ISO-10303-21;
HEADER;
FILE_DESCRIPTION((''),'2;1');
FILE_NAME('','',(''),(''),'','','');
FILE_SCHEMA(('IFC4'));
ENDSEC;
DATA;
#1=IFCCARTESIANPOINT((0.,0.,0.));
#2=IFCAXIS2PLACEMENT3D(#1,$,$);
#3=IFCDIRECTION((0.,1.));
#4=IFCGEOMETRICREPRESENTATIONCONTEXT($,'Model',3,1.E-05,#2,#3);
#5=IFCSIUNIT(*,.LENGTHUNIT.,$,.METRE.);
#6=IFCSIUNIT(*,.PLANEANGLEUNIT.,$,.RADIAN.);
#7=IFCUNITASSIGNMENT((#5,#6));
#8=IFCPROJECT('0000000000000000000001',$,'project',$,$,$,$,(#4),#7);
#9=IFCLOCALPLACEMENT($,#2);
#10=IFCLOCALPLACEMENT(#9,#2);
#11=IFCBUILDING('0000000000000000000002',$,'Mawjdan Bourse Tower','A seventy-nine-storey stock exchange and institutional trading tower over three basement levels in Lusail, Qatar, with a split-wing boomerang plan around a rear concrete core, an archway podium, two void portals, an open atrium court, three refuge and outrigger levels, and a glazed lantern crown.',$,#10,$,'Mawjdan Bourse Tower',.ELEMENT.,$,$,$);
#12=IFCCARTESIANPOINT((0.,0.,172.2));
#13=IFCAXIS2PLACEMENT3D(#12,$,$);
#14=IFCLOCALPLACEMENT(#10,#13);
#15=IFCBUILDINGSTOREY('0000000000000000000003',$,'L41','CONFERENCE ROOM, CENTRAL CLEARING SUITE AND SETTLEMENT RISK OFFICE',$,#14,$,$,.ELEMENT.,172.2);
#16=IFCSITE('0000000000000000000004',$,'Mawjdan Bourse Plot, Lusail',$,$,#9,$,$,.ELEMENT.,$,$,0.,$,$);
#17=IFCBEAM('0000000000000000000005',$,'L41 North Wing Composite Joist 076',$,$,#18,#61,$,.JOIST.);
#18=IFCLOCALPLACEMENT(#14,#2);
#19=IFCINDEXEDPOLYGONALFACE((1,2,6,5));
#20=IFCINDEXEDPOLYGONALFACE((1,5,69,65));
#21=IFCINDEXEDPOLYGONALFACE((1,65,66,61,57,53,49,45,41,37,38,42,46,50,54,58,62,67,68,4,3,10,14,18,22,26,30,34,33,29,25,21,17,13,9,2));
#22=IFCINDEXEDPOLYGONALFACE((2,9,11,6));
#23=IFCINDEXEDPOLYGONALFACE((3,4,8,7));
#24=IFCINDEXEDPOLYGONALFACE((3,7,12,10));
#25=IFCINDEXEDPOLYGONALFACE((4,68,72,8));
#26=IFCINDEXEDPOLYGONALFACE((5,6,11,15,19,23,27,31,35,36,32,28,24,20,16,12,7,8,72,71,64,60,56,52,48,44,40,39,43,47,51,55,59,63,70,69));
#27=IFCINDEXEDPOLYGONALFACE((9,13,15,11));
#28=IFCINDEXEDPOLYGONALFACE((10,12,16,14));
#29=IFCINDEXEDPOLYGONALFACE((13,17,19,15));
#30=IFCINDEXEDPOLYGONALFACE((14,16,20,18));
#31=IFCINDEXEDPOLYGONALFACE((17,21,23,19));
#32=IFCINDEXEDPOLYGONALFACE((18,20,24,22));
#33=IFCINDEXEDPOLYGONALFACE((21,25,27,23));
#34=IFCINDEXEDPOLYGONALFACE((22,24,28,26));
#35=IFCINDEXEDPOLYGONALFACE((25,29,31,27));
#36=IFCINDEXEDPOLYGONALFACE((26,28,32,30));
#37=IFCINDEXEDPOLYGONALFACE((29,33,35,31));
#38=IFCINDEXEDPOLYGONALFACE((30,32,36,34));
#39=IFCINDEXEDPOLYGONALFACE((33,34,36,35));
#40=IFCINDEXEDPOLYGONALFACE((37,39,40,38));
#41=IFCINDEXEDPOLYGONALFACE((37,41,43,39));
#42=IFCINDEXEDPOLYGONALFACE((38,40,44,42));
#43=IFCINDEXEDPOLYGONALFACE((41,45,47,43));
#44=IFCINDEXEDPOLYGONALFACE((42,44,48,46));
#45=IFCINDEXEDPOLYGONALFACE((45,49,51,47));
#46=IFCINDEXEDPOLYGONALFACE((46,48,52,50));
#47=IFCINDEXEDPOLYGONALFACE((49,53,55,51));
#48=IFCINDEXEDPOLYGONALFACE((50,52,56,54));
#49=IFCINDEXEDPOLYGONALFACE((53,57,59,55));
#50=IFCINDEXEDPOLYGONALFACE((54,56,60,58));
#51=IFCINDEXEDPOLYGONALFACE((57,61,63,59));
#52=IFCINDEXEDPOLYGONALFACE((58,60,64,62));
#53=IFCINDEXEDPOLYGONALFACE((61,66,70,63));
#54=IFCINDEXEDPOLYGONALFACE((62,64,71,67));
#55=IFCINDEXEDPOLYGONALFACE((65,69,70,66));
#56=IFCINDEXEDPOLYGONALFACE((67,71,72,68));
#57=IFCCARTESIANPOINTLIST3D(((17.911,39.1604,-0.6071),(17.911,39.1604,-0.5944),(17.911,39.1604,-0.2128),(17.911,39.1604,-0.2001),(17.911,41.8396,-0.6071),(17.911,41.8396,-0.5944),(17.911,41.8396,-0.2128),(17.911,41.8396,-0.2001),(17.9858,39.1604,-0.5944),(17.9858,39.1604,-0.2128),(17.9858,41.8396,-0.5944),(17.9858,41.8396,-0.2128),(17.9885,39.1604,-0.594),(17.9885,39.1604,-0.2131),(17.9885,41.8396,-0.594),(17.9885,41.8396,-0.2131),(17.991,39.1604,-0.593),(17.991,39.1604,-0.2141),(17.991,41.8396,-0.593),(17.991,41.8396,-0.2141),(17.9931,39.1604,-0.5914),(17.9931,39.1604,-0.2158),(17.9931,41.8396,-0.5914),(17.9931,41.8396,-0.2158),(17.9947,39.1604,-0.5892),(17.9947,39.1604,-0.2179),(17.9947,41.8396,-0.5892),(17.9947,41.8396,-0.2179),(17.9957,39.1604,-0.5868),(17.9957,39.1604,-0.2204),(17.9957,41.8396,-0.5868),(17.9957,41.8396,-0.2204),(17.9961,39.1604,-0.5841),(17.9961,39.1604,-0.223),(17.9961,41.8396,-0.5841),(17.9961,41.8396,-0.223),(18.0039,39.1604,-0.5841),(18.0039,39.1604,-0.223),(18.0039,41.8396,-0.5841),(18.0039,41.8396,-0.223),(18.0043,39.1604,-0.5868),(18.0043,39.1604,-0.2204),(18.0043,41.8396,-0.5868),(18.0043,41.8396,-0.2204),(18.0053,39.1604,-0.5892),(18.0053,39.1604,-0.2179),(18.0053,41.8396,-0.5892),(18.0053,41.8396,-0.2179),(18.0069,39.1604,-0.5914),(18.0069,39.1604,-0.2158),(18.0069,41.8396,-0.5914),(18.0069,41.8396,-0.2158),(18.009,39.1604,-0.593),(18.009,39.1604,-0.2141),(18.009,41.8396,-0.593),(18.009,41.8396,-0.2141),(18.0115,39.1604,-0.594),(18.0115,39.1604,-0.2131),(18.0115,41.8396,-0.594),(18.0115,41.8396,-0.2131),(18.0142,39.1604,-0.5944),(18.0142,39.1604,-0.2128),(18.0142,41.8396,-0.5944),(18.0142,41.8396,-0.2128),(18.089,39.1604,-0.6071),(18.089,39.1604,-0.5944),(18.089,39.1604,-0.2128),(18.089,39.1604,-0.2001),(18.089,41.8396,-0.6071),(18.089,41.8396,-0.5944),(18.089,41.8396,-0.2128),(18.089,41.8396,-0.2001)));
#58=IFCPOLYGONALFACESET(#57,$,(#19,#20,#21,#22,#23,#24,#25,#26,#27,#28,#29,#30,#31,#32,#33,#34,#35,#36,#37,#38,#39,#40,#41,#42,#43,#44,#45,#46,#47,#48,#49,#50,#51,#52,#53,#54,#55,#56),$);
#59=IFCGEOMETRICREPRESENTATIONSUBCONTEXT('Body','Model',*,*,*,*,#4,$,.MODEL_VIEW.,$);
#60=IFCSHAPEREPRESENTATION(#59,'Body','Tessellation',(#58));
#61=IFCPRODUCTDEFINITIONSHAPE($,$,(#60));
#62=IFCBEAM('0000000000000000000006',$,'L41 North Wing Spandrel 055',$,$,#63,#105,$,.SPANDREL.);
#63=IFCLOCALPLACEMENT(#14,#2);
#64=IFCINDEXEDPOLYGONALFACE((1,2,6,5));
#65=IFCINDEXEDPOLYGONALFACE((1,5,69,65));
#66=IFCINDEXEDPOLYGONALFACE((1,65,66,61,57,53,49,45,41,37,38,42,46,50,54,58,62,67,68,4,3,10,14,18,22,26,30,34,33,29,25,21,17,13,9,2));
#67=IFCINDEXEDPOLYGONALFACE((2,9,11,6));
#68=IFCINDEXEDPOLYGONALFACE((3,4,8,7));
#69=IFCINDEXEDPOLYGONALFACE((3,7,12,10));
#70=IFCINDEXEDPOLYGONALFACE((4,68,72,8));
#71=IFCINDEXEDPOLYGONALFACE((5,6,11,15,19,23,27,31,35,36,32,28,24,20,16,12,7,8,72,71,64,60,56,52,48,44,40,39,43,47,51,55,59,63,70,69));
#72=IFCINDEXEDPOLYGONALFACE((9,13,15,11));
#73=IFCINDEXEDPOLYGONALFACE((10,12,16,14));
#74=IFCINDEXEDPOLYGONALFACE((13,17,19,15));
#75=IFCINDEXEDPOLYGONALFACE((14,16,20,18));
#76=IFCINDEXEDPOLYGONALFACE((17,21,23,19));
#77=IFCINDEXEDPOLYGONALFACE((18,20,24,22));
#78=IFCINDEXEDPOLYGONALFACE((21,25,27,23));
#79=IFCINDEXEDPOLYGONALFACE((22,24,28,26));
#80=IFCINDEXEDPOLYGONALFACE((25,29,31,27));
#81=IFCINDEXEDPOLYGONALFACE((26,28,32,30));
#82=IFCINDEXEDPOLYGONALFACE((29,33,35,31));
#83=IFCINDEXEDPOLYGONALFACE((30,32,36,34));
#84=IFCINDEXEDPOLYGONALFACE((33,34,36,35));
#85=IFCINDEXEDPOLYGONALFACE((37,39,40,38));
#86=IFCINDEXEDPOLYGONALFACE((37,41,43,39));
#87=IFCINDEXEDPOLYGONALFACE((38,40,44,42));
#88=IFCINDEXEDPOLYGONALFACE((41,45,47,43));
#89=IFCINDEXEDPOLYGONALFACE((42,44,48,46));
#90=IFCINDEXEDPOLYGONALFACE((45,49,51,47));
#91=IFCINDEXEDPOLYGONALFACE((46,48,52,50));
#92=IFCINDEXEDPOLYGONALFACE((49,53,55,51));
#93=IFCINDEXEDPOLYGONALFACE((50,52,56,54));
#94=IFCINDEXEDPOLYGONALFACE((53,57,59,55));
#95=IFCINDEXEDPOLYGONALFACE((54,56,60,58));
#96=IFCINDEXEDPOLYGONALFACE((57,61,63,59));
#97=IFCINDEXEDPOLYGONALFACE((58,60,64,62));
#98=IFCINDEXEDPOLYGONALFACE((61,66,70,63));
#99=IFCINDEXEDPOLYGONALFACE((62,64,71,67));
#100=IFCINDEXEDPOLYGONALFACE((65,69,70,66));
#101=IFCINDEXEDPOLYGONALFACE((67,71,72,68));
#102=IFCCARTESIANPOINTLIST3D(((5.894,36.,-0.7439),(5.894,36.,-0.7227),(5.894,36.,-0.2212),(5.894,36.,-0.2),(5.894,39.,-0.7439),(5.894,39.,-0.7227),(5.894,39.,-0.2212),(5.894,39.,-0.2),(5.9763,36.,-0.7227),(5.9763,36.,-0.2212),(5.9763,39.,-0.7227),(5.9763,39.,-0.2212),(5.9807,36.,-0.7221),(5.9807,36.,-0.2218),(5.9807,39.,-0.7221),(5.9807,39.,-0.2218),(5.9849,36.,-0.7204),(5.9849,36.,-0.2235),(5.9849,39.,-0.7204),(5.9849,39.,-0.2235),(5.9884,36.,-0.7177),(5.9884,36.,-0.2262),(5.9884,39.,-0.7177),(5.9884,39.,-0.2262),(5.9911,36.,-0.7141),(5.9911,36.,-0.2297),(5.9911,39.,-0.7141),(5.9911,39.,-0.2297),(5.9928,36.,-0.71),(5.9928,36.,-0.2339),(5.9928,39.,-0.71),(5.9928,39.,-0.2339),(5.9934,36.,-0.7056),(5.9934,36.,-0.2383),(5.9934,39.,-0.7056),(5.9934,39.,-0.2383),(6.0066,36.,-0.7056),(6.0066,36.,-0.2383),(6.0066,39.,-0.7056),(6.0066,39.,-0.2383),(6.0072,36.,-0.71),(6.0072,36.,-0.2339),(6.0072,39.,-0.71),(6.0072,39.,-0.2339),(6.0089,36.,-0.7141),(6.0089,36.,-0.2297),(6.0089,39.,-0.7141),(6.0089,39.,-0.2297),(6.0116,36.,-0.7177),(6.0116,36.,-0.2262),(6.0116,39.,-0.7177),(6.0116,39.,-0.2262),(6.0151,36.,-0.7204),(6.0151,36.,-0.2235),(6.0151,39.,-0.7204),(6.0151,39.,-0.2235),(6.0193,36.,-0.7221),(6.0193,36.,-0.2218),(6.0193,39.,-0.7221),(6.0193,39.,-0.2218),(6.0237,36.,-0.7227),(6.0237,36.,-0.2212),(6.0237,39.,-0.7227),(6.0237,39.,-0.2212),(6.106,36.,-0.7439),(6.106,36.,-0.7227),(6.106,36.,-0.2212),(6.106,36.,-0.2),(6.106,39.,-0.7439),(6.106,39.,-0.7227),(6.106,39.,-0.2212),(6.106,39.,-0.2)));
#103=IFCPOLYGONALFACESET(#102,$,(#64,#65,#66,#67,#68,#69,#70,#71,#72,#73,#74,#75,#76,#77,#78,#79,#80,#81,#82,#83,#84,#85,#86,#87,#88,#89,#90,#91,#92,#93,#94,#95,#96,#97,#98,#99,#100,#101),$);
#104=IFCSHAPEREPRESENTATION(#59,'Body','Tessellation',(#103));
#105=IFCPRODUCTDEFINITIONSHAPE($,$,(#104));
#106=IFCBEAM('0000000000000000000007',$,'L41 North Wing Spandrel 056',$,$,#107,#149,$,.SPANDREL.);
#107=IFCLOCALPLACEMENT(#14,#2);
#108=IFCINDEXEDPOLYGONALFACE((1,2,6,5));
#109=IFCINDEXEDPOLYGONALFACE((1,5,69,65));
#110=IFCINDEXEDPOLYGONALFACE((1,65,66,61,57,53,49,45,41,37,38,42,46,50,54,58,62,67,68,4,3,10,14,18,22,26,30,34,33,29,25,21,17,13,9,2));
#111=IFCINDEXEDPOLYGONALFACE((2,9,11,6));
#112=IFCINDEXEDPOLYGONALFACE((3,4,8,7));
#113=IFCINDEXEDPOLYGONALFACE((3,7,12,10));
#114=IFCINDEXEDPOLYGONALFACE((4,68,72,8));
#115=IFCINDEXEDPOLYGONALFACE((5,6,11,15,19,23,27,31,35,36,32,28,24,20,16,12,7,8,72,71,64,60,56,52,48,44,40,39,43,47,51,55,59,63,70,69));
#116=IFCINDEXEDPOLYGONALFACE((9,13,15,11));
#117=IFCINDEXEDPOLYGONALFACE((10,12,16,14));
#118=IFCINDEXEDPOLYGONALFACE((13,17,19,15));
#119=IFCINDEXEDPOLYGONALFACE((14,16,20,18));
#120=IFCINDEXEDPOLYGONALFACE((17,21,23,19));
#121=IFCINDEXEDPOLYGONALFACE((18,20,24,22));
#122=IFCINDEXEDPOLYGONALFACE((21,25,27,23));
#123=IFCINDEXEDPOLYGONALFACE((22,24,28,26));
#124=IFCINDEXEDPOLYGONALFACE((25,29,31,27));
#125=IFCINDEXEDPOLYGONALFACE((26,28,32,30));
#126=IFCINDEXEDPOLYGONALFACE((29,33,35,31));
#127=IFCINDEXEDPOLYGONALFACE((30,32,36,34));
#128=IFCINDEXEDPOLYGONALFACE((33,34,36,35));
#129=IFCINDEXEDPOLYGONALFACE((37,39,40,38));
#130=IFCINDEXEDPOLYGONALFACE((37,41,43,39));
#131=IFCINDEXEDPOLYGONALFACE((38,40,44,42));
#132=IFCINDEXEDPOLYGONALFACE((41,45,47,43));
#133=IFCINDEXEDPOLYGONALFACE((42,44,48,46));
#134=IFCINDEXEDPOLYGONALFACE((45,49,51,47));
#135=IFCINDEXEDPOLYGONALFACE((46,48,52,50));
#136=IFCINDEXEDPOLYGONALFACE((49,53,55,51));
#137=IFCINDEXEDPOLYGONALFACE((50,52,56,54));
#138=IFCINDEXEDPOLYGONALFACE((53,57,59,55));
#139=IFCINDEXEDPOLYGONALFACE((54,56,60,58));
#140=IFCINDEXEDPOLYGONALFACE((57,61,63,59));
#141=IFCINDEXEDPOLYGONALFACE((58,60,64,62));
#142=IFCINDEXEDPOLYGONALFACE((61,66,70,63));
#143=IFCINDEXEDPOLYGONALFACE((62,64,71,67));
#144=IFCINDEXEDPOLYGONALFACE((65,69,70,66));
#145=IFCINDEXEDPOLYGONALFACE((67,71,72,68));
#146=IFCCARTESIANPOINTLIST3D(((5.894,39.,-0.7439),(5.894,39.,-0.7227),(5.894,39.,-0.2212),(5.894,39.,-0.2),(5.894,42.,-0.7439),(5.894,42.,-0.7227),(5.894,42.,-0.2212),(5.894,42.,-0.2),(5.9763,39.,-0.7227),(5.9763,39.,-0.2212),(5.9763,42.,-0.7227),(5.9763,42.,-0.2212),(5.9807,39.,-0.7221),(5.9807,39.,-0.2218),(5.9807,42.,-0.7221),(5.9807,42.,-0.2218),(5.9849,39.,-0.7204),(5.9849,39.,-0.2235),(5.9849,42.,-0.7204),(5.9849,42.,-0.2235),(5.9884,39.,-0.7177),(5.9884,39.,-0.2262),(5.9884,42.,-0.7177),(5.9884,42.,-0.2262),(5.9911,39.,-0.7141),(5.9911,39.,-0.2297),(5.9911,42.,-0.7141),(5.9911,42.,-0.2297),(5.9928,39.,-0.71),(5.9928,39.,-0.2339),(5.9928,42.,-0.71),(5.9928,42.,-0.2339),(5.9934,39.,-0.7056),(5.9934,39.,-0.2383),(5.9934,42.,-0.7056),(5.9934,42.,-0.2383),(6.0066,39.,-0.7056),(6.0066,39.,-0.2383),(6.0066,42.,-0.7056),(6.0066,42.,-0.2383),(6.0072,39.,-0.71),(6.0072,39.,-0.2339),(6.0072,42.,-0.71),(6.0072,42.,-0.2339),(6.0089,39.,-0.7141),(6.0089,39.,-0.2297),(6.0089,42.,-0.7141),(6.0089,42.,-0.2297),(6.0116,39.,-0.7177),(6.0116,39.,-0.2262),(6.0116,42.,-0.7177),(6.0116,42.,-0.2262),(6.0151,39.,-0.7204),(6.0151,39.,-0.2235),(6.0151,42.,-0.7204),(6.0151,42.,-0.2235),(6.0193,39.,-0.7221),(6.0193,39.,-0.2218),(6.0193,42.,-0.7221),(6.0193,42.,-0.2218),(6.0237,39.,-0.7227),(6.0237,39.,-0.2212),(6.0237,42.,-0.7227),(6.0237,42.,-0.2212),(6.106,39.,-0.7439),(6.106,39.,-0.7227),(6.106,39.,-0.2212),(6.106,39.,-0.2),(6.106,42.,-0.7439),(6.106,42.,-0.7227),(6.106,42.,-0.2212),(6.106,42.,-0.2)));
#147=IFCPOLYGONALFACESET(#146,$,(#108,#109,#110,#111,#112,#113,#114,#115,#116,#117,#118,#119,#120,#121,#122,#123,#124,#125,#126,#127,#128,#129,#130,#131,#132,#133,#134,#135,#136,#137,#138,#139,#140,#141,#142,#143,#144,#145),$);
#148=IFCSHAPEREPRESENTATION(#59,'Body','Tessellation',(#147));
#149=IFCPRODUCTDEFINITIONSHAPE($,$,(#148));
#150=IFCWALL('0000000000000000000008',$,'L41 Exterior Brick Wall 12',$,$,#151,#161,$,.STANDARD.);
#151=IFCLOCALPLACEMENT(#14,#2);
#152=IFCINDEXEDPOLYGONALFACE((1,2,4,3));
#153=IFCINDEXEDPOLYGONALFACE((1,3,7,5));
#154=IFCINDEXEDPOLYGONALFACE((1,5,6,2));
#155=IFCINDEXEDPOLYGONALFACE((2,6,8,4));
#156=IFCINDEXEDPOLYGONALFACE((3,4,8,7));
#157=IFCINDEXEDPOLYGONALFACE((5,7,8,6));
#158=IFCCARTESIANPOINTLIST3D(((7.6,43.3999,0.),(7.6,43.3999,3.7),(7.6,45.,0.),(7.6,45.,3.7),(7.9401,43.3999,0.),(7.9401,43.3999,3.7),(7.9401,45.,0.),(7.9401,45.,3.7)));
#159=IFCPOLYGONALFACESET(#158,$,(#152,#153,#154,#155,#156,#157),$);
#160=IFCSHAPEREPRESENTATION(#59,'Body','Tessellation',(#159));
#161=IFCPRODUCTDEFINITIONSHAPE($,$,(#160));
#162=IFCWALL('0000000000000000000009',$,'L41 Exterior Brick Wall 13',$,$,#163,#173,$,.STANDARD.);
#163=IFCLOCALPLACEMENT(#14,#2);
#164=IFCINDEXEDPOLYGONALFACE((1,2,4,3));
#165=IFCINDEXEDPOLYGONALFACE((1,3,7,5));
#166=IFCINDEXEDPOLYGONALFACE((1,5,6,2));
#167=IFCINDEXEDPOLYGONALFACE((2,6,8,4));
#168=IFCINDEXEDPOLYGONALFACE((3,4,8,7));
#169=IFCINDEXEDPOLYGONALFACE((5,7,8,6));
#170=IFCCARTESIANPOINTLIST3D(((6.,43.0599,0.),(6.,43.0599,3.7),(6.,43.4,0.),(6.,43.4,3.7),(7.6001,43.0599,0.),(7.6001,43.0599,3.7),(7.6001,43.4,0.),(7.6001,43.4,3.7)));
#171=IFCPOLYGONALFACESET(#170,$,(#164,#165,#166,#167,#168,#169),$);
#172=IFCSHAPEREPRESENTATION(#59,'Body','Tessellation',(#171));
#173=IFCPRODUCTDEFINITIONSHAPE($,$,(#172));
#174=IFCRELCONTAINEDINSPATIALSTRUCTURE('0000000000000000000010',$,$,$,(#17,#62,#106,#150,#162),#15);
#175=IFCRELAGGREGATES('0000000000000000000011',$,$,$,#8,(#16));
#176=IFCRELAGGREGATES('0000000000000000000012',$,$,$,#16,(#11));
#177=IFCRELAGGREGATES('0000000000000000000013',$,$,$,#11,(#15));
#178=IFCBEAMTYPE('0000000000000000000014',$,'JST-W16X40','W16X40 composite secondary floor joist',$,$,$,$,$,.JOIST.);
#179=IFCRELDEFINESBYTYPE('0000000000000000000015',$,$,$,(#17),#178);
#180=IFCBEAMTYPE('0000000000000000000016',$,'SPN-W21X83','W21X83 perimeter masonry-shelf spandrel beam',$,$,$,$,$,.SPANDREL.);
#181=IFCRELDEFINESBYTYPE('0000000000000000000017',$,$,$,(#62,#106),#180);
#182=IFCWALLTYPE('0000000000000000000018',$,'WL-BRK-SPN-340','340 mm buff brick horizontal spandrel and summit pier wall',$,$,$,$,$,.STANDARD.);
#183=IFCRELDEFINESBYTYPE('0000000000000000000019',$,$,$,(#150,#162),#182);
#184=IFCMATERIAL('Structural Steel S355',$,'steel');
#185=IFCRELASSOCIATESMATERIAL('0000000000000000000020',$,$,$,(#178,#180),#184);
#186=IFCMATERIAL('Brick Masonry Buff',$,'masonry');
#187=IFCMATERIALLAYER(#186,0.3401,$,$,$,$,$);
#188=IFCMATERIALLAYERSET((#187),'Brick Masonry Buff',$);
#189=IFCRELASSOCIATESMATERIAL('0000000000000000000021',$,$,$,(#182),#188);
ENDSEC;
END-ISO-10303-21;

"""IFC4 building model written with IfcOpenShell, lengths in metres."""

from ifc_helpers import new_model, si_unit, direction, frame, frame_2d, origin, origin_2d, place, context, subcontext, project, spatial, rectangle, i_section, extrude, material, layer, layer_set, material_profile, profile_set, type_object, element, save


model = new_model("IFC4")

# Units and contexts
model_context = context("Model", 3, precision=1e-05, world=origin(), true_north=direction((0.0, 1.0)))
body_context = subcontext(model_context, "Body", "Model", "MODEL_VIEW")
ifc_project = project(units=[si_unit("LENGTHUNIT", "METRE"), si_unit("PLANEANGLEUNIT", "RADIAN")], contexts=[model_context])

# Site, building, storey
site_placement = place(None, origin())
site = spatial("IfcSite", under=ifc_project, at=site_placement, Name="Mawjdan Bourse Plot, Lusail", CompositionType="ELEMENT", RefElevation=0.0)
building_placement = place(site_placement, origin())
building = spatial("IfcBuilding", under=site, at=building_placement, Name="Mawjdan Bourse Tower", Description="A seventy-nine-storey stock exchange and institutional trading tower over three basement levels in Lusail, Qatar, with a split-wing boomerang plan around a rear concrete core, an archway podium, two void portals, an open atrium court, three refuge and outrigger levels, and a glazed lantern crown.", LongName="Mawjdan Bourse Tower", CompositionType="ELEMENT")
storey_placement = place(building_placement, frame((0.0, 0.0, 172.2)))
storey = spatial("IfcBuildingStorey", under=building, at=storey_placement, Name="L41", Description="CONFERENCE ROOM, CENTRAL CLEARING SUITE AND SETTLEMENT RISK OFFICE", CompositionType="ELEMENT", Elevation=172.2)

# Beams
ifc_material_1 = material(Name="Structural Steel S355", Category="steel")
ifc_material_profile_1 = material_profile(ifc_material_1, i_section(OverallWidth=0.178, OverallDepth=0.407, WebThickness=0.0078, FlangeThickness=0.0127, FilletRadius=0.0103, at=origin_2d()), Name="W16X40")
ifc_profile_set_1 = profile_set([ifc_material_profile_1], Name="Structural Steel S355")
beam_type_1 = type_object("IfcBeamType", Name="JST-W16X40", Description="W16X40 composite secondary floor joist", PredefinedType="JOIST", material=ifc_profile_set_1)
for number, where, z_axis, x_axis, name in (
    (1, (18.0, 39.1604, -0.4036), (0.0, 1.0, 0.0), (-1.0, 0.0, 0.0), "L41 North Wing Composite Joist 076"),
):
    element("IfcBeam", number, at=place(storey_placement, frame(where, z_axis=z_axis, x_axis=x_axis)), inside=storey, type_object=beam_type_1, Name=name, PredefinedType="JOIST", context=body_context, shape_type="SweptSolid", body=[
        extrude(i_section(OverallWidth=0.178, OverallDepth=0.407, WebThickness=0.0078, FlangeThickness=0.0127, FilletRadius=0.0103, at=origin_2d()), origin(), (0.0, 0.0, 1.0), 2.6792),
    ])
ifc_material_profile_2 = material_profile(ifc_material_1, i_section(OverallWidth=0.2119, OverallDepth=0.5439, WebThickness=0.0132, FlangeThickness=0.0212, FilletRadius=0.0171, at=origin_2d()), Name="W21X83")
ifc_profile_set_2 = profile_set([ifc_material_profile_2], Name="Structural Steel S355")
beam_type_2 = type_object("IfcBeamType", Name="SPN-W21X83", Description="W21X83 perimeter masonry-shelf spandrel beam", PredefinedType="SPANDREL", material=ifc_profile_set_2)
for number, where, z_axis, x_axis, name in (
    (2, (6.0, 36.0, -0.4719), (0.0, 1.0, 0.0), (-1.0, 0.0, 0.0), "L41 North Wing Spandrel 055"),
    (3, (6.0, 39.0, -0.4719), (0.0, 1.0, 0.0), (-1.0, 0.0, 0.0), "L41 North Wing Spandrel 056"),
):
    element("IfcBeam", number, at=place(storey_placement, frame(where, z_axis=z_axis, x_axis=x_axis)), inside=storey, type_object=beam_type_2, Name=name, PredefinedType="SPANDREL", context=body_context, shape_type="SweptSolid", body=[
        extrude(i_section(OverallWidth=0.2119, OverallDepth=0.5439, WebThickness=0.0132, FlangeThickness=0.0212, FilletRadius=0.0171, at=origin_2d()), origin(), (0.0, 0.0, 1.0), 3.0),
    ])

# Walls
ifc_material_2 = material(Name="Brick Masonry Buff", Category="masonry")
ifc_layer_1 = layer(ifc_material_2, 0.3401)
ifc_layer_set_1 = layer_set([ifc_layer_1], Name="Brick Masonry Buff")
wall_type_1 = type_object("IfcWallType", Name="WL-BRK-SPN-340", Description="340 mm buff brick horizontal spandrel and summit pier wall", PredefinedType="STANDARD", material=ifc_layer_set_1)
for number, where, z_axis, x_axis, name in (
    (4, (7.77, 45.0, 0.0), (0.0, 0.0, 1.0), (0.0, -1.0, 0.0), "L41 Exterior Brick Wall 12"),
    (5, (7.6001, 43.23, 0.0), (0.0, 0.0, 1.0), (-1.0, 0.0, 0.0), "L41 Exterior Brick Wall 13"),
):
    element("IfcWall", number, at=place(storey_placement, frame(where, z_axis=z_axis, x_axis=x_axis)), inside=storey, type_object=wall_type_1, Name=name, PredefinedType="STANDARD", context=body_context, shape_type="SweptSolid", body=[
        extrude(rectangle(XDim=1.6001, YDim=0.3401, at=frame_2d((0.8, 0.0))), origin(), (0.0, 0.0, 1.0), 3.7),
    ])

save(model, "model.ifc")
